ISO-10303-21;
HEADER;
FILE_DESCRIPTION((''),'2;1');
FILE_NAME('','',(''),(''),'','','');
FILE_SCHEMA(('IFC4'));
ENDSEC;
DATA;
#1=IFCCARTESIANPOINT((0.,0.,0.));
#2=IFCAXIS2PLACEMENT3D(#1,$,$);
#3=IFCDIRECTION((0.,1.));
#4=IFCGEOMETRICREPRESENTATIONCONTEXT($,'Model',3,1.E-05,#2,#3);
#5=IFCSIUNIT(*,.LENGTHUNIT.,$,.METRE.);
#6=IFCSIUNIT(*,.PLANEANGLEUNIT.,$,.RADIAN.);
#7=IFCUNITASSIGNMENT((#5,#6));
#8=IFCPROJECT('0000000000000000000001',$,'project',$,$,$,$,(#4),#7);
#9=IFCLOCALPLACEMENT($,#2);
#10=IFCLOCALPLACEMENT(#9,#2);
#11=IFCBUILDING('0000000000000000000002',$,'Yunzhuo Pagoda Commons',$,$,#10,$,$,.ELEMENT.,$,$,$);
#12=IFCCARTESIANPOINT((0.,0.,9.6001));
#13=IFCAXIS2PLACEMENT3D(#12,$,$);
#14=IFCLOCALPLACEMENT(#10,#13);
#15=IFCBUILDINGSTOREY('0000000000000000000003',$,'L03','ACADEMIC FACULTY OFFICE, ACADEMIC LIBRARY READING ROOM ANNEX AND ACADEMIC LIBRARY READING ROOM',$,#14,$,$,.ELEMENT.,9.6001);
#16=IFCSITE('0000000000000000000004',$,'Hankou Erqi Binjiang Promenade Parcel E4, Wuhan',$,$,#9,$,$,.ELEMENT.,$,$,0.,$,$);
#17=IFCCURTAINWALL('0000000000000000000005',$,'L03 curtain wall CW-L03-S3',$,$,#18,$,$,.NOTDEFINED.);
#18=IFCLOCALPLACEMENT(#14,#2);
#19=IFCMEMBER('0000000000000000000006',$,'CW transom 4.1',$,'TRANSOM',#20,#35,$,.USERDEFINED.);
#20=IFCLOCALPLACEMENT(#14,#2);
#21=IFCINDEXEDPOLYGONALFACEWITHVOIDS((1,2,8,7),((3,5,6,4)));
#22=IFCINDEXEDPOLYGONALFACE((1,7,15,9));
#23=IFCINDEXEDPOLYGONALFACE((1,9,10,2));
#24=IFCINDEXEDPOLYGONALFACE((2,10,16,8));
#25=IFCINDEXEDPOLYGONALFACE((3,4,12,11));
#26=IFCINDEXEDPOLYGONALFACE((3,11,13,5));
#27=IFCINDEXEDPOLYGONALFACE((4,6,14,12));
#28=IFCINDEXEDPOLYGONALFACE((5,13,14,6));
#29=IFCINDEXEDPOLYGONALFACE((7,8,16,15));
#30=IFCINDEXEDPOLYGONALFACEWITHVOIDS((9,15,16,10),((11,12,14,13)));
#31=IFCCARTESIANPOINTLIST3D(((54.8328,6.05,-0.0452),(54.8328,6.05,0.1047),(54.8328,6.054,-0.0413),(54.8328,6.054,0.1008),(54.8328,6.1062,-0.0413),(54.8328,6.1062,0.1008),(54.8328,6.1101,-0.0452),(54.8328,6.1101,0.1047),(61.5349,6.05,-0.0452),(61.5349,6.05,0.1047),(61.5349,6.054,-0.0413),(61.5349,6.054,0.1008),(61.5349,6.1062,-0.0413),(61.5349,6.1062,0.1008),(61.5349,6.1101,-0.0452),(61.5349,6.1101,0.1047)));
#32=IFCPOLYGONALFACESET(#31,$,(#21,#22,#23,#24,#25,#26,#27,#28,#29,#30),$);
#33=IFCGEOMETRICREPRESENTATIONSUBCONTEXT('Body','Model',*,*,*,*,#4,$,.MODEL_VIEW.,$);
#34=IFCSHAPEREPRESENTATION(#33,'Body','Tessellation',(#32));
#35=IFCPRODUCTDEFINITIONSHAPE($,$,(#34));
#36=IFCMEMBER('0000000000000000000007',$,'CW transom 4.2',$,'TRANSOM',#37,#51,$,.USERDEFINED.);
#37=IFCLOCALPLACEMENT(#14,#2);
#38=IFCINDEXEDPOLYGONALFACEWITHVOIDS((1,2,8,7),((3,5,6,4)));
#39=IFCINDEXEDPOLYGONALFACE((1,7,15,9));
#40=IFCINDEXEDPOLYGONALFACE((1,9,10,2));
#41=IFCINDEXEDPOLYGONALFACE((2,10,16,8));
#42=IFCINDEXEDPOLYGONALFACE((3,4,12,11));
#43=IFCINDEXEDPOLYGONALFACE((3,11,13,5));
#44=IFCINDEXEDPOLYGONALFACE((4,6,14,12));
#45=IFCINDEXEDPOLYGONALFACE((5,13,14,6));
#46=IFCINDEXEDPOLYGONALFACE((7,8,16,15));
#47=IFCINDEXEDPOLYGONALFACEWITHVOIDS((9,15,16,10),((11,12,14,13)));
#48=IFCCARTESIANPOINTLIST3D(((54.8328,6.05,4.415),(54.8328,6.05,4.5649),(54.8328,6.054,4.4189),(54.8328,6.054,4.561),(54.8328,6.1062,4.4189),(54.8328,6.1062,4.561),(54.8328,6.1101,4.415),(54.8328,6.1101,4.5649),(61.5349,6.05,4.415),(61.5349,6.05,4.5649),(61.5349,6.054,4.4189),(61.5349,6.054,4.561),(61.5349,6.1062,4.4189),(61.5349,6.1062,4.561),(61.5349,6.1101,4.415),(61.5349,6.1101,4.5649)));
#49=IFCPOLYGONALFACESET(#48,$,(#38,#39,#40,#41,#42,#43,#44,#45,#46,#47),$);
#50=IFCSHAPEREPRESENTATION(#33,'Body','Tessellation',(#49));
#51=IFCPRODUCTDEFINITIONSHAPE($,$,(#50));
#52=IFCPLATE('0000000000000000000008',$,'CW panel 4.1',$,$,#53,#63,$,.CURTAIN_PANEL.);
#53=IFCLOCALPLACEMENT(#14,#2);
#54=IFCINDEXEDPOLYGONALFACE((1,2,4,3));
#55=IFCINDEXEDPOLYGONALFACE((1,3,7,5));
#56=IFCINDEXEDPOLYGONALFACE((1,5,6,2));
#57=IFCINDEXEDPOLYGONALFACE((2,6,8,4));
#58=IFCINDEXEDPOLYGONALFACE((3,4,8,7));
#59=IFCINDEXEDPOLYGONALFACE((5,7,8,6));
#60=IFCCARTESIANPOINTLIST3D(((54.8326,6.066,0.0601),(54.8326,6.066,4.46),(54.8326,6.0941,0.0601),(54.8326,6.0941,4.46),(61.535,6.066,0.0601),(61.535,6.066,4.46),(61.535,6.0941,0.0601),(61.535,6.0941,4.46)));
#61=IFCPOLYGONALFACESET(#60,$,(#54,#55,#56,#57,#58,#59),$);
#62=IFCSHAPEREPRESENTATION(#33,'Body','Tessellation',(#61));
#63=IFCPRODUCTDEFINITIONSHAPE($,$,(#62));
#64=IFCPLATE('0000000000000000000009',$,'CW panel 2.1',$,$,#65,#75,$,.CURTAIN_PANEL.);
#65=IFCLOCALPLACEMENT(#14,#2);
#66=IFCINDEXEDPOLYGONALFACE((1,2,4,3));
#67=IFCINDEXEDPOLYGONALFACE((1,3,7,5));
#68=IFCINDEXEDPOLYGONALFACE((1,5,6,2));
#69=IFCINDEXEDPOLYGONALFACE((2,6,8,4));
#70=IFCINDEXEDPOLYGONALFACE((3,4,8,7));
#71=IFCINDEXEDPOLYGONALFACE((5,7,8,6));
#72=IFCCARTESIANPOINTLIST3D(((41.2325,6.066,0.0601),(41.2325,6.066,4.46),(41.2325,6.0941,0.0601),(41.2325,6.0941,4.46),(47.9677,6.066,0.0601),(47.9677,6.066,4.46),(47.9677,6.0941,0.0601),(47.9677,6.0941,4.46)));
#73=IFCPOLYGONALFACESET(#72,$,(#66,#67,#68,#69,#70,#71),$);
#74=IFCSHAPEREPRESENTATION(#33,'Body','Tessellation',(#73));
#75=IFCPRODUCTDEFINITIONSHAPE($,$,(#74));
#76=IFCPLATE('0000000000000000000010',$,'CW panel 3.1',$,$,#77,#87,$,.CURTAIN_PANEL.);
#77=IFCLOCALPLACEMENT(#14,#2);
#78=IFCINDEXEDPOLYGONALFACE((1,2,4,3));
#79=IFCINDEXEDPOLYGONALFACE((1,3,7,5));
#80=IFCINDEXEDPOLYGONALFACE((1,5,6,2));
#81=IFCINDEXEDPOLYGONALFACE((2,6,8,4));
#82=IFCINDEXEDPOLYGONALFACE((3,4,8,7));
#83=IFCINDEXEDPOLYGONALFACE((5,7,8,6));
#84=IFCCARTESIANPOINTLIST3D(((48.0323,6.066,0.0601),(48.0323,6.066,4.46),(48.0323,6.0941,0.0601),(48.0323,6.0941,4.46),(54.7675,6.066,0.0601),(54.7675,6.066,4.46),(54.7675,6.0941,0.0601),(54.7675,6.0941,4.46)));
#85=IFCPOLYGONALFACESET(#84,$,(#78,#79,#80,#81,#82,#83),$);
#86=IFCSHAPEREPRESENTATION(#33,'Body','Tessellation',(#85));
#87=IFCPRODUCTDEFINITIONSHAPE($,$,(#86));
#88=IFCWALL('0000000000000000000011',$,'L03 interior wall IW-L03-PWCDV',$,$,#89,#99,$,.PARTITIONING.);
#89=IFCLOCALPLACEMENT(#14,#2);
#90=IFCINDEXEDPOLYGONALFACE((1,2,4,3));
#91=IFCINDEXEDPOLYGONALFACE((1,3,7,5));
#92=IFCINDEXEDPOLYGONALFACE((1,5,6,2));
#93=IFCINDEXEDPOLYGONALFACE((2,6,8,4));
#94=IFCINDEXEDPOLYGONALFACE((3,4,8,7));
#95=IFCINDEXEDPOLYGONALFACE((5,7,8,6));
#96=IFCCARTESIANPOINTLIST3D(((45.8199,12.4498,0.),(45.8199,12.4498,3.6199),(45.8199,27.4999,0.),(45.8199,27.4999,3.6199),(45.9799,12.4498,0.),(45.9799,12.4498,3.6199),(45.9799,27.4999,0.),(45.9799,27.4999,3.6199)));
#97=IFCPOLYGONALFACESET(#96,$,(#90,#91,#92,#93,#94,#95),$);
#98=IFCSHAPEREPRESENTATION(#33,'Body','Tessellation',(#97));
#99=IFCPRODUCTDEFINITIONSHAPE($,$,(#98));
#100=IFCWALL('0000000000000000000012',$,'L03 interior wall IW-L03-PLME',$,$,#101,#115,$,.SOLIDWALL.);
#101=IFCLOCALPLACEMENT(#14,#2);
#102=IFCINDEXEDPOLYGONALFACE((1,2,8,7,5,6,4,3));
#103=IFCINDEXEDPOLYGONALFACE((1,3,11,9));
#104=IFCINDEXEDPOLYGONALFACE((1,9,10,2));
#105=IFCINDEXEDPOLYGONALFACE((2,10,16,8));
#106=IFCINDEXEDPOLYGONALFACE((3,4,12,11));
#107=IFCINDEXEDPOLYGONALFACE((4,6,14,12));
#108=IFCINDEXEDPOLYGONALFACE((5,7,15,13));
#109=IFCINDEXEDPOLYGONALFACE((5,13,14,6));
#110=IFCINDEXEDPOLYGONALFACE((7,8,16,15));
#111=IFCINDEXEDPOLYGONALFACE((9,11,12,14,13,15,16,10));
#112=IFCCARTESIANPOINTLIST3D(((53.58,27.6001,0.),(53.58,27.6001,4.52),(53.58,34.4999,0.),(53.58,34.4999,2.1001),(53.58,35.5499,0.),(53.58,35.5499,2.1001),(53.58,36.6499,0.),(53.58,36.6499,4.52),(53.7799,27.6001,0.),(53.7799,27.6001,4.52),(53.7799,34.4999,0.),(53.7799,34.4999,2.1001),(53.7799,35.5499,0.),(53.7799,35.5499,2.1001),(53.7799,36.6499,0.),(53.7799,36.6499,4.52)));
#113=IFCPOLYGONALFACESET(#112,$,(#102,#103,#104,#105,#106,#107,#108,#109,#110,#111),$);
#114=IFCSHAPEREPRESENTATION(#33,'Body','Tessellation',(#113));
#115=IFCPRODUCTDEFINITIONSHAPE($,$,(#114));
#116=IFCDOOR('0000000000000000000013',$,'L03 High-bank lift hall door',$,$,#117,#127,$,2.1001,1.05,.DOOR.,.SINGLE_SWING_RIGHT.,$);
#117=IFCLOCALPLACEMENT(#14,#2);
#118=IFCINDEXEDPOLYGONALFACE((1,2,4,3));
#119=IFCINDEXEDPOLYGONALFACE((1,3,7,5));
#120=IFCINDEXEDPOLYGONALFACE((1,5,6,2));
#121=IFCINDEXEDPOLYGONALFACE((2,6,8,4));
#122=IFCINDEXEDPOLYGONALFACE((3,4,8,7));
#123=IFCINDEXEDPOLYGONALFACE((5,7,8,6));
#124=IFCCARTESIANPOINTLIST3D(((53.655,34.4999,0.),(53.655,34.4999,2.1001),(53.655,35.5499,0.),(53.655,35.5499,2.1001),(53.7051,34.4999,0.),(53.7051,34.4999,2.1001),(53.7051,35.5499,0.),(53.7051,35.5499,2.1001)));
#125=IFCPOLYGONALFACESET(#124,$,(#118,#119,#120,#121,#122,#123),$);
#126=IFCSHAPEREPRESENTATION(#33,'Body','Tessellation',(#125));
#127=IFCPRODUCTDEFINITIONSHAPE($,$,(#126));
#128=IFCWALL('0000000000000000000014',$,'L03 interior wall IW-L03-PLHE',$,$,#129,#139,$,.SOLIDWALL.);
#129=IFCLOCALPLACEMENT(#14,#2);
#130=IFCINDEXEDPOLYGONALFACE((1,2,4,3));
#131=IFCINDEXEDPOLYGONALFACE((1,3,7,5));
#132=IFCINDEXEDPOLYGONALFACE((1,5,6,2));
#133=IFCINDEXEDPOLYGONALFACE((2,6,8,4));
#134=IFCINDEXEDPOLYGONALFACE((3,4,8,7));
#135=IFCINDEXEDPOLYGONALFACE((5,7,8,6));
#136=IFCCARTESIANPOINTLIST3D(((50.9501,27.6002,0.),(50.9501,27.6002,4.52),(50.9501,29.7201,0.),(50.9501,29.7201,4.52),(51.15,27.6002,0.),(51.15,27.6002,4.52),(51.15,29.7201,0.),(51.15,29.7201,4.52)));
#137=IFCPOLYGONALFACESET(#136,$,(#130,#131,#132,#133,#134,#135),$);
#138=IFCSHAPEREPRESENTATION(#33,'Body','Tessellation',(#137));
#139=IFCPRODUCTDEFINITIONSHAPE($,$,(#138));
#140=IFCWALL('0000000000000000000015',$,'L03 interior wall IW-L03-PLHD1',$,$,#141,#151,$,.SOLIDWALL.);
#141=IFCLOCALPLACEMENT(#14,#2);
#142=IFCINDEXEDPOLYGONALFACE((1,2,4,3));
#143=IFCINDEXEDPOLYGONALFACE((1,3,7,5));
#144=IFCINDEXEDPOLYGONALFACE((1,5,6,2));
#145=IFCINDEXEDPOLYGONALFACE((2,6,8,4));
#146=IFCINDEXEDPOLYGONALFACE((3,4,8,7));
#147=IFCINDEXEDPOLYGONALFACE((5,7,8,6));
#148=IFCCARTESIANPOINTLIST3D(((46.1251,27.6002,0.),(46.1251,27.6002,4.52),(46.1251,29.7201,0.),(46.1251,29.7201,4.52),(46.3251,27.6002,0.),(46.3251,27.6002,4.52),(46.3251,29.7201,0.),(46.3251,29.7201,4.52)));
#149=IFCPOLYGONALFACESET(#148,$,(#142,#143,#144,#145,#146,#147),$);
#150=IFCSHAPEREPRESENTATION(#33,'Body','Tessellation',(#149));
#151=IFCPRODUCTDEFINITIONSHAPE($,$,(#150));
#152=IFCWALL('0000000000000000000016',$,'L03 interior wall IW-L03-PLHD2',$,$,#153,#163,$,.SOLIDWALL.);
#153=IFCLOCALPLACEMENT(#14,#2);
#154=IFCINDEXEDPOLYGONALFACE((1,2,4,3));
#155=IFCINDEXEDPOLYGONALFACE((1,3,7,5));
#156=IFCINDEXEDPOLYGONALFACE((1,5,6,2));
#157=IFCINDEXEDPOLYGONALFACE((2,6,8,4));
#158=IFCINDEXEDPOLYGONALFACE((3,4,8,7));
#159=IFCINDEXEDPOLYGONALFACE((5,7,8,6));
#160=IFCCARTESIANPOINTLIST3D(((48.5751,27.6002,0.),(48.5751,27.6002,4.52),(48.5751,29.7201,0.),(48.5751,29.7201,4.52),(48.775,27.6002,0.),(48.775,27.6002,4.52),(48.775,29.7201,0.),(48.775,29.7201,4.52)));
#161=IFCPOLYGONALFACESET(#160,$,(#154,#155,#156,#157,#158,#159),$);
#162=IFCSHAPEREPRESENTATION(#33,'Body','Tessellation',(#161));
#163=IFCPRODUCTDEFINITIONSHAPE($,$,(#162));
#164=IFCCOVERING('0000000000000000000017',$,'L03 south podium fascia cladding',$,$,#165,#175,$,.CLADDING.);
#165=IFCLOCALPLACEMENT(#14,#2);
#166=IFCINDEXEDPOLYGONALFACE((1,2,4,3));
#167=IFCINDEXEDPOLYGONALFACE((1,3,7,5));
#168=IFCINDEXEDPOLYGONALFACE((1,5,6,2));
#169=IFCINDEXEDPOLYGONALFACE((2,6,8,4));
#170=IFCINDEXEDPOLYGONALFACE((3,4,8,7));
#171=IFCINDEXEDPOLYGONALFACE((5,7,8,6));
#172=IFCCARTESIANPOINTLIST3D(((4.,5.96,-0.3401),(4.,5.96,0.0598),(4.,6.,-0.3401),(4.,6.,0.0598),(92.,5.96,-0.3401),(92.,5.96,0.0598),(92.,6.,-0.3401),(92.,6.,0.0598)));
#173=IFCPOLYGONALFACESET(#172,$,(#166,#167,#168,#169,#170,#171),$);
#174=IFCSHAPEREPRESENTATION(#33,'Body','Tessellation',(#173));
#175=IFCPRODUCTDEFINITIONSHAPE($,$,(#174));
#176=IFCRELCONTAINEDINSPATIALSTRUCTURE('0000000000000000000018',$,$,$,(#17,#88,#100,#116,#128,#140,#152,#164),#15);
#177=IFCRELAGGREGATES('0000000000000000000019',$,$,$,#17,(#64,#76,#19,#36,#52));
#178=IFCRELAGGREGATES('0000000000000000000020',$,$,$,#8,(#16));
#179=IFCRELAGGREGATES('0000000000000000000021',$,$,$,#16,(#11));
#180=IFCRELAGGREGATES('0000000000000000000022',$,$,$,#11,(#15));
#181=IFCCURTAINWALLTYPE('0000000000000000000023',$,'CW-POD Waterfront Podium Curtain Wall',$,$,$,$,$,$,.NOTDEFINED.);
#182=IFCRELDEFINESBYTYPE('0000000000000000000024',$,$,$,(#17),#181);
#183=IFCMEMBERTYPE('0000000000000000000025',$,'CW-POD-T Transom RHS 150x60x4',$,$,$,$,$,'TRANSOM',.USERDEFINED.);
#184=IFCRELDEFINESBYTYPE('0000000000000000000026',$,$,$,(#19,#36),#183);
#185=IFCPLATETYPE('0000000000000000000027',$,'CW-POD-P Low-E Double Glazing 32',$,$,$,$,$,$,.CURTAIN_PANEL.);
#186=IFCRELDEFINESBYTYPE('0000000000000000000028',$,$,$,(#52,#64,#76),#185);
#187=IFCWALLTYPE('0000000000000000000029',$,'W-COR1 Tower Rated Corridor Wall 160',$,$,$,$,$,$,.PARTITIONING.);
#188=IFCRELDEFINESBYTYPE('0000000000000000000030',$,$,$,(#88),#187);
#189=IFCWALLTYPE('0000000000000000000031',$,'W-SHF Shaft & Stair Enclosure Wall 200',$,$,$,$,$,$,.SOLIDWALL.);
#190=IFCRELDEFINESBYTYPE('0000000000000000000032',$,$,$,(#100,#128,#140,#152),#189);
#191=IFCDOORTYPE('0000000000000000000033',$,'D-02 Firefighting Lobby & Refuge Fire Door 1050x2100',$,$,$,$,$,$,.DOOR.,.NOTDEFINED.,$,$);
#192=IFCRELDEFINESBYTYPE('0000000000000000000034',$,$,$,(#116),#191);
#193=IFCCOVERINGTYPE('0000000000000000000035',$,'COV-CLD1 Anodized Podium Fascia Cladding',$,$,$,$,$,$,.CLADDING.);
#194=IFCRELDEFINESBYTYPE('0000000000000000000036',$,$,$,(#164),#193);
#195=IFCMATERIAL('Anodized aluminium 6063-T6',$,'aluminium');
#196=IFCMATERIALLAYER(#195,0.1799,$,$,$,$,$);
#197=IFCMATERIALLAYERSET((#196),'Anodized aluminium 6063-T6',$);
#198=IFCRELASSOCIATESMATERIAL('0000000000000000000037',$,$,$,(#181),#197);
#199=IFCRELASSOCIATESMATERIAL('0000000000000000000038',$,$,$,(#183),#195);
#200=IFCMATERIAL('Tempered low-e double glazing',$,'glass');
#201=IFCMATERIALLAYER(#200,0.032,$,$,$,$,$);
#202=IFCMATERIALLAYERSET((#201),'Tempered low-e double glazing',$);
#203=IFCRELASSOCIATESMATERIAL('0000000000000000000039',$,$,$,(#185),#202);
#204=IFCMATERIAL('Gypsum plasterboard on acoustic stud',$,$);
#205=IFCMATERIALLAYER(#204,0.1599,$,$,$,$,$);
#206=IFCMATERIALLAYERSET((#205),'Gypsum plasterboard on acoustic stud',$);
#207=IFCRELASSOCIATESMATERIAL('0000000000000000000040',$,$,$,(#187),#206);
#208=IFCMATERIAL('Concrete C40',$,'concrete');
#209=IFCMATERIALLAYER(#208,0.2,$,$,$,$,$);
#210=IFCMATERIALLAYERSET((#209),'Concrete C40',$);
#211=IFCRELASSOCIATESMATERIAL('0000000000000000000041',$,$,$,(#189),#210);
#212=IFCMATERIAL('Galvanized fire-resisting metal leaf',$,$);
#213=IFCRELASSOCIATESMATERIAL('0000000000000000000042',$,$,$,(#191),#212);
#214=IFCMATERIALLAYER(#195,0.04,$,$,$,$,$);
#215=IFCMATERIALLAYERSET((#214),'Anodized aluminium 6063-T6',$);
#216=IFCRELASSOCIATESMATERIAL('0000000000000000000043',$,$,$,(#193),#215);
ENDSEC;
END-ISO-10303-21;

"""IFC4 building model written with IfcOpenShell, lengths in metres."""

from ifc_helpers import new_model, si_unit, direction, frame, frame_2d, origin, origin_with_axes, origin_2d, place, context, subcontext, project, spatial, rectangle, hollow_rectangle, extrude, source, transform, mapped, material, layer, layer_set, material_profile, profile_set, type_object, element, fill, aggregate, save


model = new_model("IFC4")

# Units and contexts
model_context = context("Model", 3, precision=1e-05, world=origin(), true_north=direction((0.0, 1.0)))
body_context = subcontext(model_context, "Body", "Model", "MODEL_VIEW")
ifc_project = project(units=[si_unit("LENGTHUNIT", "METRE"), si_unit("PLANEANGLEUNIT", "RADIAN")], contexts=[model_context])

# Site, building, storey
site_placement = place(None, origin())
site = spatial("IfcSite", under=ifc_project, at=site_placement, Name="Hankou Erqi Binjiang Promenade Parcel E4, Wuhan", CompositionType="ELEMENT", RefElevation=0.0)
building_placement = place(site_placement, origin())
building = spatial("IfcBuilding", under=site, at=building_placement, Name="Yunzhuo Pagoda Commons", CompositionType="ELEMENT")
storey_placement = place(building_placement, frame((0.0, 0.0, 9.6001)))
storey = spatial("IfcBuildingStorey", under=building, at=storey_placement, Name="L03", Description="ACADEMIC FACULTY OFFICE, ACADEMIC LIBRARY READING ROOM ANNEX AND ACADEMIC LIBRARY READING ROOM", CompositionType="ELEMENT", Elevation=9.6001)

# Curtain wall, members, plates
ifc_material_1 = material(Name="Anodized aluminium 6063-T6", Category="aluminium")
ifc_layer_1 = layer(ifc_material_1, 0.1799)
ifc_layer_set_1 = layer_set([ifc_layer_1], Name="Anodized aluminium 6063-T6")
curtain_wall_type = type_object("IfcCurtainWallType", Name="CW-POD Waterfront Podium Curtain Wall", PredefinedType="NOTDEFINED", material=ifc_layer_set_1)
curtain_wall_placement = place(storey_placement, origin())
curtain_wall = element("IfcCurtainWall", 1, at=curtain_wall_placement, inside=storey, type_object=curtain_wall_type, Name="L03 curtain wall CW-L03-S3", PredefinedType="NOTDEFINED")
ifc_material_profile_1 = material_profile(ifc_material_1, hollow_rectangle(XDim=0.0601, YDim=0.1499, WallThickness=0.0039, at=origin_2d()), Name="Anodized aluminium 6063-T6")
ifc_profile_set_1 = profile_set([ifc_material_profile_1], Name="Anodized aluminium 6063-T6")
member_type_1 = type_object("IfcMemberType", Name="CW-POD-T Transom RHS 150x60x4", ElementType="TRANSOM", PredefinedType="USERDEFINED", material=ifc_profile_set_1)
shared_shape_1 = source(origin(), body_context, "Body", "SweptSolid", [
    extrude(hollow_rectangle(XDim=0.0601, YDim=0.1499, WallThickness=0.0039, at=origin_2d()), origin(), (0.0, 0.0, 1.0), 6.7021),
])
member_1_placement = place(storey_placement, frame((54.8328, 6.0801, 0.0298), z_axis=(1.0, 0.0, 0.0), x_axis=(0.0, 1.0, 0.0)))
member_1 = element("IfcMember", 2, at=member_1_placement, type_object=member_type_1, Name="CW transom 4.1", ObjectType="TRANSOM", PredefinedType="USERDEFINED", context=body_context, shape_type="MappedRepresentation", body=[
    mapped(shared_shape_1, transform((0.0, 0.0, 0.0), scale=1.0)),
])
member_2_placement = place(storey_placement, frame((54.8328, 6.0801, 4.49), z_axis=(1.0, 0.0, 0.0), x_axis=(0.0, 1.0, 0.0)))
member_2 = element("IfcMember", 3, at=member_2_placement, type_object=member_type_1, Name="CW transom 4.2", ObjectType="TRANSOM", PredefinedType="USERDEFINED", context=body_context, shape_type="MappedRepresentation", body=[
    mapped(shared_shape_1, transform((0.0, 0.0, 0.0), scale=1.0)),
])
ifc_material_2 = material(Name="Tempered low-e double glazing", Category="glass")
ifc_layer_2 = layer(ifc_material_2, 0.032)
ifc_layer_set_2 = layer_set([ifc_layer_2], Name="Tempered low-e double glazing")
plate_type = type_object("IfcPlateType", Name="CW-POD-P Low-E Double Glazing 32", PredefinedType="CURTAIN_PANEL", material=ifc_layer_set_2)
shared_shape_2 = source(origin(), body_context, "Body", "SweptSolid", [
    extrude(rectangle(XDim=6.7024, YDim=0.0281, at=origin_2d()), origin(), (0.0, 0.0, 1.0), 4.3999),
])
plate_1_placement = place(storey_placement, frame((58.1838, 6.0801, 0.0601), z_axis=(0.0, 0.0, 1.0), x_axis=(1.0, 0.0, 0.0)))
plate_1 = element("IfcPlate", 4, at=plate_1_placement, type_object=plate_type, Name="CW panel 4.1", PredefinedType="CURTAIN_PANEL", context=body_context, shape_type="MappedRepresentation", body=[
    mapped(shared_shape_2, transform((0.0, 0.0, 0.0), scale=1.0)),
])
shared_shape_3 = source(origin(), body_context, "Body", "SweptSolid", [
    extrude(rectangle(XDim=6.7351, YDim=0.0281, at=origin_2d()), origin(), (0.0, 0.0, 1.0), 4.3999),
])
plate_2_placement = place(storey_placement, frame((44.6001, 6.0801, 0.0601), z_axis=(0.0, 0.0, 1.0), x_axis=(1.0, 0.0, 0.0)))
plate_2 = element("IfcPlate", 5, at=plate_2_placement, type_object=plate_type, Name="CW panel 2.1", PredefinedType="CURTAIN_PANEL", context=body_context, shape_type="MappedRepresentation", body=[
    mapped(shared_shape_3, transform((0.0, 0.0, 0.0), scale=1.0)),
])
plate_3_placement = place(storey_placement, frame((51.3999, 6.0801, 0.0601), z_axis=(0.0, 0.0, 1.0), x_axis=(1.0, 0.0, 0.0)))
plate_3 = element("IfcPlate", 6, at=plate_3_placement, type_object=plate_type, Name="CW panel 3.1", PredefinedType="CURTAIN_PANEL", context=body_context, shape_type="MappedRepresentation", body=[
    mapped(shared_shape_3, transform((0.0, 0.0, 0.0), scale=1.0)),
])
aggregate(curtain_wall, [plate_2, plate_3, member_1, member_2, plate_1])

# Wall
ifc_material_3 = material(Name="Gypsum plasterboard on acoustic stud")
ifc_layer_3 = layer(ifc_material_3, 0.1599)
ifc_layer_set_3 = layer_set([ifc_layer_3], Name="Gypsum plasterboard on acoustic stud")
wall_type_1 = type_object("IfcWallType", Name="W-COR1 Tower Rated Corridor Wall 160", PredefinedType="PARTITIONING", material=ifc_layer_set_3)
wall_1_placement = place(storey_placement, frame((45.8999, 12.45, 0.0), z_axis=(0.0, 0.0, 1.0), x_axis=(0.0, 1.0, 0.0)))
element("IfcWall", 7, at=wall_1_placement, inside=storey, type_object=wall_type_1, Name="L03 interior wall IW-L03-PWCDV", PredefinedType="PARTITIONING", context=body_context, shape_type="SweptSolid", body=[
    extrude(rectangle(XDim=15.05, YDim=0.1599, at=frame_2d((7.5249, 0.0))), origin(), (0.0, 0.0, 1.0), 3.6199),
])

# Wall, opening, door
ifc_material_4 = material(Name="Concrete C40", Category="concrete")
ifc_layer_4 = layer(ifc_material_4, 0.2)
ifc_layer_set_4 = layer_set([ifc_layer_4], Name="Concrete C40")
wall_type_2 = type_object("IfcWallType", Name="W-SHF Shaft & Stair Enclosure Wall 200", PredefinedType="SOLIDWALL", material=ifc_layer_set_4)
wall_2_placement = place(storey_placement, frame((53.6799, 27.6001, 0.0), z_axis=(0.0, 0.0, 1.0), x_axis=(0.0, 1.0, 0.0)))
wall_2 = element("IfcWall", 8, at=wall_2_placement, inside=storey, type_object=wall_type_2, Name="L03 interior wall IW-L03-PLME", PredefinedType="SOLIDWALL", context=body_context, shape_type="SweptSolid", body=[
    extrude(rectangle(XDim=9.0498, YDim=0.2, at=frame_2d((4.5249, 0.0))), origin(), (0.0, 0.0, 1.0), 4.52),
])
opening_placement = place(wall_2_placement, frame((6.8999, 0.0, 0.0)))
opening = element("IfcOpeningElement", 9, at=opening_placement, cuts=wall_2, PredefinedType="OPENING", context=body_context, shape_type="SweptSolid", body=[
    extrude(rectangle(XDim=1.05, YDim=2.1001, at=frame_2d((0.5249, 1.05))), frame((0.0, 0.1099, 0.0), z_axis=(0.0, -1.0, 0.0), x_axis=(1.0, 0.0, 0.0)), (0.0, 0.0, 1.0), 0.22),
])
ifc_material_5 = material(Name="Galvanized fire-resisting metal leaf")
door_type = type_object("IfcDoorType", Name="D-02 Firefighting Lobby & Refuge Fire Door 1050x2100", OperationType="NOTDEFINED", PredefinedType="DOOR", material=ifc_material_5)
shared_shape_4 = source(origin(), body_context, "Body", "SweptSolid", [
    extrude(rectangle(XDim=1.05, YDim=2.1001, at=frame_2d((0.5249, 1.05))), frame((0.0, 0.0249, 0.0), z_axis=(0.0, -1.0, 0.0), x_axis=(1.0, 0.0, 0.0)), (0.0, 0.0, 1.0), 0.05),
])
door_placement = place(opening_placement, origin_with_axes())
door = element("IfcDoor", 10, at=door_placement, inside=storey, type_object=door_type, Name="L03 High-bank lift hall door", OperationType="SINGLE_SWING_RIGHT", OverallHeight=2.1001, OverallWidth=1.05, PredefinedType="DOOR", context=body_context, shape_type="MappedRepresentation", body=[
    mapped(shared_shape_4, transform((0.0, 0.0, 0.0), scale=1.0)),
])
fill(opening, door)

# Walls
for number, where, z_axis, x_axis, name in (
    (11, (51.05, 27.6001, 0.0), (0.0, 0.0, 1.0), (0.0, 1.0, 0.0), "L03 interior wall IW-L03-PLHE"),
    (12, (46.2251, 27.6001, 0.0), (0.0, 0.0, 1.0), (0.0, 1.0, 0.0), "L03 interior wall IW-L03-PLHD1"),
    (13, (48.675, 27.6001, 0.0), (0.0, 0.0, 1.0), (0.0, 1.0, 0.0), "L03 interior wall IW-L03-PLHD2"),
):
    element("IfcWall", number, at=place(storey_placement, frame(where, z_axis=z_axis, x_axis=x_axis)), inside=storey, type_object=wall_type_2, Name=name, PredefinedType="SOLIDWALL", context=body_context, shape_type="SweptSolid", body=[
        extrude(rectangle(XDim=2.1199, YDim=0.2, at=frame_2d((1.0601, 0.0))), origin(), (0.0, 0.0, 1.0), 4.52),
    ])

# Covering
ifc_layer_5 = layer(ifc_material_1, 0.04)
ifc_layer_set_5 = layer_set([ifc_layer_5], Name="Anodized aluminium 6063-T6")
covering_type = type_object("IfcCoveringType", Name="COV-CLD1 Anodized Podium Fascia Cladding", PredefinedType="CLADDING", material=ifc_layer_set_5)
shared_shape_5 = source(origin(), body_context, "Body", "SweptSolid", [
    extrude(rectangle(XDim=88.0, YDim=0.04, at=origin_2d()), origin(), (0.0, 0.0, 1.0), 0.3999),
])
covering_placement = place(storey_placement, frame((48.0, 5.98, -0.3401), z_axis=(0.0, 0.0, 1.0), x_axis=(1.0, 0.0, 0.0)))
element("IfcCovering", 14, at=covering_placement, inside=storey, type_object=covering_type, Name="L03 south podium fascia cladding", PredefinedType="CLADDING", context=body_context, shape_type="MappedRepresentation", body=[
    mapped(shared_shape_5, transform((0.0, 0.0, 0.0), scale=1.0)),
])

save(model, "model.ifc")
